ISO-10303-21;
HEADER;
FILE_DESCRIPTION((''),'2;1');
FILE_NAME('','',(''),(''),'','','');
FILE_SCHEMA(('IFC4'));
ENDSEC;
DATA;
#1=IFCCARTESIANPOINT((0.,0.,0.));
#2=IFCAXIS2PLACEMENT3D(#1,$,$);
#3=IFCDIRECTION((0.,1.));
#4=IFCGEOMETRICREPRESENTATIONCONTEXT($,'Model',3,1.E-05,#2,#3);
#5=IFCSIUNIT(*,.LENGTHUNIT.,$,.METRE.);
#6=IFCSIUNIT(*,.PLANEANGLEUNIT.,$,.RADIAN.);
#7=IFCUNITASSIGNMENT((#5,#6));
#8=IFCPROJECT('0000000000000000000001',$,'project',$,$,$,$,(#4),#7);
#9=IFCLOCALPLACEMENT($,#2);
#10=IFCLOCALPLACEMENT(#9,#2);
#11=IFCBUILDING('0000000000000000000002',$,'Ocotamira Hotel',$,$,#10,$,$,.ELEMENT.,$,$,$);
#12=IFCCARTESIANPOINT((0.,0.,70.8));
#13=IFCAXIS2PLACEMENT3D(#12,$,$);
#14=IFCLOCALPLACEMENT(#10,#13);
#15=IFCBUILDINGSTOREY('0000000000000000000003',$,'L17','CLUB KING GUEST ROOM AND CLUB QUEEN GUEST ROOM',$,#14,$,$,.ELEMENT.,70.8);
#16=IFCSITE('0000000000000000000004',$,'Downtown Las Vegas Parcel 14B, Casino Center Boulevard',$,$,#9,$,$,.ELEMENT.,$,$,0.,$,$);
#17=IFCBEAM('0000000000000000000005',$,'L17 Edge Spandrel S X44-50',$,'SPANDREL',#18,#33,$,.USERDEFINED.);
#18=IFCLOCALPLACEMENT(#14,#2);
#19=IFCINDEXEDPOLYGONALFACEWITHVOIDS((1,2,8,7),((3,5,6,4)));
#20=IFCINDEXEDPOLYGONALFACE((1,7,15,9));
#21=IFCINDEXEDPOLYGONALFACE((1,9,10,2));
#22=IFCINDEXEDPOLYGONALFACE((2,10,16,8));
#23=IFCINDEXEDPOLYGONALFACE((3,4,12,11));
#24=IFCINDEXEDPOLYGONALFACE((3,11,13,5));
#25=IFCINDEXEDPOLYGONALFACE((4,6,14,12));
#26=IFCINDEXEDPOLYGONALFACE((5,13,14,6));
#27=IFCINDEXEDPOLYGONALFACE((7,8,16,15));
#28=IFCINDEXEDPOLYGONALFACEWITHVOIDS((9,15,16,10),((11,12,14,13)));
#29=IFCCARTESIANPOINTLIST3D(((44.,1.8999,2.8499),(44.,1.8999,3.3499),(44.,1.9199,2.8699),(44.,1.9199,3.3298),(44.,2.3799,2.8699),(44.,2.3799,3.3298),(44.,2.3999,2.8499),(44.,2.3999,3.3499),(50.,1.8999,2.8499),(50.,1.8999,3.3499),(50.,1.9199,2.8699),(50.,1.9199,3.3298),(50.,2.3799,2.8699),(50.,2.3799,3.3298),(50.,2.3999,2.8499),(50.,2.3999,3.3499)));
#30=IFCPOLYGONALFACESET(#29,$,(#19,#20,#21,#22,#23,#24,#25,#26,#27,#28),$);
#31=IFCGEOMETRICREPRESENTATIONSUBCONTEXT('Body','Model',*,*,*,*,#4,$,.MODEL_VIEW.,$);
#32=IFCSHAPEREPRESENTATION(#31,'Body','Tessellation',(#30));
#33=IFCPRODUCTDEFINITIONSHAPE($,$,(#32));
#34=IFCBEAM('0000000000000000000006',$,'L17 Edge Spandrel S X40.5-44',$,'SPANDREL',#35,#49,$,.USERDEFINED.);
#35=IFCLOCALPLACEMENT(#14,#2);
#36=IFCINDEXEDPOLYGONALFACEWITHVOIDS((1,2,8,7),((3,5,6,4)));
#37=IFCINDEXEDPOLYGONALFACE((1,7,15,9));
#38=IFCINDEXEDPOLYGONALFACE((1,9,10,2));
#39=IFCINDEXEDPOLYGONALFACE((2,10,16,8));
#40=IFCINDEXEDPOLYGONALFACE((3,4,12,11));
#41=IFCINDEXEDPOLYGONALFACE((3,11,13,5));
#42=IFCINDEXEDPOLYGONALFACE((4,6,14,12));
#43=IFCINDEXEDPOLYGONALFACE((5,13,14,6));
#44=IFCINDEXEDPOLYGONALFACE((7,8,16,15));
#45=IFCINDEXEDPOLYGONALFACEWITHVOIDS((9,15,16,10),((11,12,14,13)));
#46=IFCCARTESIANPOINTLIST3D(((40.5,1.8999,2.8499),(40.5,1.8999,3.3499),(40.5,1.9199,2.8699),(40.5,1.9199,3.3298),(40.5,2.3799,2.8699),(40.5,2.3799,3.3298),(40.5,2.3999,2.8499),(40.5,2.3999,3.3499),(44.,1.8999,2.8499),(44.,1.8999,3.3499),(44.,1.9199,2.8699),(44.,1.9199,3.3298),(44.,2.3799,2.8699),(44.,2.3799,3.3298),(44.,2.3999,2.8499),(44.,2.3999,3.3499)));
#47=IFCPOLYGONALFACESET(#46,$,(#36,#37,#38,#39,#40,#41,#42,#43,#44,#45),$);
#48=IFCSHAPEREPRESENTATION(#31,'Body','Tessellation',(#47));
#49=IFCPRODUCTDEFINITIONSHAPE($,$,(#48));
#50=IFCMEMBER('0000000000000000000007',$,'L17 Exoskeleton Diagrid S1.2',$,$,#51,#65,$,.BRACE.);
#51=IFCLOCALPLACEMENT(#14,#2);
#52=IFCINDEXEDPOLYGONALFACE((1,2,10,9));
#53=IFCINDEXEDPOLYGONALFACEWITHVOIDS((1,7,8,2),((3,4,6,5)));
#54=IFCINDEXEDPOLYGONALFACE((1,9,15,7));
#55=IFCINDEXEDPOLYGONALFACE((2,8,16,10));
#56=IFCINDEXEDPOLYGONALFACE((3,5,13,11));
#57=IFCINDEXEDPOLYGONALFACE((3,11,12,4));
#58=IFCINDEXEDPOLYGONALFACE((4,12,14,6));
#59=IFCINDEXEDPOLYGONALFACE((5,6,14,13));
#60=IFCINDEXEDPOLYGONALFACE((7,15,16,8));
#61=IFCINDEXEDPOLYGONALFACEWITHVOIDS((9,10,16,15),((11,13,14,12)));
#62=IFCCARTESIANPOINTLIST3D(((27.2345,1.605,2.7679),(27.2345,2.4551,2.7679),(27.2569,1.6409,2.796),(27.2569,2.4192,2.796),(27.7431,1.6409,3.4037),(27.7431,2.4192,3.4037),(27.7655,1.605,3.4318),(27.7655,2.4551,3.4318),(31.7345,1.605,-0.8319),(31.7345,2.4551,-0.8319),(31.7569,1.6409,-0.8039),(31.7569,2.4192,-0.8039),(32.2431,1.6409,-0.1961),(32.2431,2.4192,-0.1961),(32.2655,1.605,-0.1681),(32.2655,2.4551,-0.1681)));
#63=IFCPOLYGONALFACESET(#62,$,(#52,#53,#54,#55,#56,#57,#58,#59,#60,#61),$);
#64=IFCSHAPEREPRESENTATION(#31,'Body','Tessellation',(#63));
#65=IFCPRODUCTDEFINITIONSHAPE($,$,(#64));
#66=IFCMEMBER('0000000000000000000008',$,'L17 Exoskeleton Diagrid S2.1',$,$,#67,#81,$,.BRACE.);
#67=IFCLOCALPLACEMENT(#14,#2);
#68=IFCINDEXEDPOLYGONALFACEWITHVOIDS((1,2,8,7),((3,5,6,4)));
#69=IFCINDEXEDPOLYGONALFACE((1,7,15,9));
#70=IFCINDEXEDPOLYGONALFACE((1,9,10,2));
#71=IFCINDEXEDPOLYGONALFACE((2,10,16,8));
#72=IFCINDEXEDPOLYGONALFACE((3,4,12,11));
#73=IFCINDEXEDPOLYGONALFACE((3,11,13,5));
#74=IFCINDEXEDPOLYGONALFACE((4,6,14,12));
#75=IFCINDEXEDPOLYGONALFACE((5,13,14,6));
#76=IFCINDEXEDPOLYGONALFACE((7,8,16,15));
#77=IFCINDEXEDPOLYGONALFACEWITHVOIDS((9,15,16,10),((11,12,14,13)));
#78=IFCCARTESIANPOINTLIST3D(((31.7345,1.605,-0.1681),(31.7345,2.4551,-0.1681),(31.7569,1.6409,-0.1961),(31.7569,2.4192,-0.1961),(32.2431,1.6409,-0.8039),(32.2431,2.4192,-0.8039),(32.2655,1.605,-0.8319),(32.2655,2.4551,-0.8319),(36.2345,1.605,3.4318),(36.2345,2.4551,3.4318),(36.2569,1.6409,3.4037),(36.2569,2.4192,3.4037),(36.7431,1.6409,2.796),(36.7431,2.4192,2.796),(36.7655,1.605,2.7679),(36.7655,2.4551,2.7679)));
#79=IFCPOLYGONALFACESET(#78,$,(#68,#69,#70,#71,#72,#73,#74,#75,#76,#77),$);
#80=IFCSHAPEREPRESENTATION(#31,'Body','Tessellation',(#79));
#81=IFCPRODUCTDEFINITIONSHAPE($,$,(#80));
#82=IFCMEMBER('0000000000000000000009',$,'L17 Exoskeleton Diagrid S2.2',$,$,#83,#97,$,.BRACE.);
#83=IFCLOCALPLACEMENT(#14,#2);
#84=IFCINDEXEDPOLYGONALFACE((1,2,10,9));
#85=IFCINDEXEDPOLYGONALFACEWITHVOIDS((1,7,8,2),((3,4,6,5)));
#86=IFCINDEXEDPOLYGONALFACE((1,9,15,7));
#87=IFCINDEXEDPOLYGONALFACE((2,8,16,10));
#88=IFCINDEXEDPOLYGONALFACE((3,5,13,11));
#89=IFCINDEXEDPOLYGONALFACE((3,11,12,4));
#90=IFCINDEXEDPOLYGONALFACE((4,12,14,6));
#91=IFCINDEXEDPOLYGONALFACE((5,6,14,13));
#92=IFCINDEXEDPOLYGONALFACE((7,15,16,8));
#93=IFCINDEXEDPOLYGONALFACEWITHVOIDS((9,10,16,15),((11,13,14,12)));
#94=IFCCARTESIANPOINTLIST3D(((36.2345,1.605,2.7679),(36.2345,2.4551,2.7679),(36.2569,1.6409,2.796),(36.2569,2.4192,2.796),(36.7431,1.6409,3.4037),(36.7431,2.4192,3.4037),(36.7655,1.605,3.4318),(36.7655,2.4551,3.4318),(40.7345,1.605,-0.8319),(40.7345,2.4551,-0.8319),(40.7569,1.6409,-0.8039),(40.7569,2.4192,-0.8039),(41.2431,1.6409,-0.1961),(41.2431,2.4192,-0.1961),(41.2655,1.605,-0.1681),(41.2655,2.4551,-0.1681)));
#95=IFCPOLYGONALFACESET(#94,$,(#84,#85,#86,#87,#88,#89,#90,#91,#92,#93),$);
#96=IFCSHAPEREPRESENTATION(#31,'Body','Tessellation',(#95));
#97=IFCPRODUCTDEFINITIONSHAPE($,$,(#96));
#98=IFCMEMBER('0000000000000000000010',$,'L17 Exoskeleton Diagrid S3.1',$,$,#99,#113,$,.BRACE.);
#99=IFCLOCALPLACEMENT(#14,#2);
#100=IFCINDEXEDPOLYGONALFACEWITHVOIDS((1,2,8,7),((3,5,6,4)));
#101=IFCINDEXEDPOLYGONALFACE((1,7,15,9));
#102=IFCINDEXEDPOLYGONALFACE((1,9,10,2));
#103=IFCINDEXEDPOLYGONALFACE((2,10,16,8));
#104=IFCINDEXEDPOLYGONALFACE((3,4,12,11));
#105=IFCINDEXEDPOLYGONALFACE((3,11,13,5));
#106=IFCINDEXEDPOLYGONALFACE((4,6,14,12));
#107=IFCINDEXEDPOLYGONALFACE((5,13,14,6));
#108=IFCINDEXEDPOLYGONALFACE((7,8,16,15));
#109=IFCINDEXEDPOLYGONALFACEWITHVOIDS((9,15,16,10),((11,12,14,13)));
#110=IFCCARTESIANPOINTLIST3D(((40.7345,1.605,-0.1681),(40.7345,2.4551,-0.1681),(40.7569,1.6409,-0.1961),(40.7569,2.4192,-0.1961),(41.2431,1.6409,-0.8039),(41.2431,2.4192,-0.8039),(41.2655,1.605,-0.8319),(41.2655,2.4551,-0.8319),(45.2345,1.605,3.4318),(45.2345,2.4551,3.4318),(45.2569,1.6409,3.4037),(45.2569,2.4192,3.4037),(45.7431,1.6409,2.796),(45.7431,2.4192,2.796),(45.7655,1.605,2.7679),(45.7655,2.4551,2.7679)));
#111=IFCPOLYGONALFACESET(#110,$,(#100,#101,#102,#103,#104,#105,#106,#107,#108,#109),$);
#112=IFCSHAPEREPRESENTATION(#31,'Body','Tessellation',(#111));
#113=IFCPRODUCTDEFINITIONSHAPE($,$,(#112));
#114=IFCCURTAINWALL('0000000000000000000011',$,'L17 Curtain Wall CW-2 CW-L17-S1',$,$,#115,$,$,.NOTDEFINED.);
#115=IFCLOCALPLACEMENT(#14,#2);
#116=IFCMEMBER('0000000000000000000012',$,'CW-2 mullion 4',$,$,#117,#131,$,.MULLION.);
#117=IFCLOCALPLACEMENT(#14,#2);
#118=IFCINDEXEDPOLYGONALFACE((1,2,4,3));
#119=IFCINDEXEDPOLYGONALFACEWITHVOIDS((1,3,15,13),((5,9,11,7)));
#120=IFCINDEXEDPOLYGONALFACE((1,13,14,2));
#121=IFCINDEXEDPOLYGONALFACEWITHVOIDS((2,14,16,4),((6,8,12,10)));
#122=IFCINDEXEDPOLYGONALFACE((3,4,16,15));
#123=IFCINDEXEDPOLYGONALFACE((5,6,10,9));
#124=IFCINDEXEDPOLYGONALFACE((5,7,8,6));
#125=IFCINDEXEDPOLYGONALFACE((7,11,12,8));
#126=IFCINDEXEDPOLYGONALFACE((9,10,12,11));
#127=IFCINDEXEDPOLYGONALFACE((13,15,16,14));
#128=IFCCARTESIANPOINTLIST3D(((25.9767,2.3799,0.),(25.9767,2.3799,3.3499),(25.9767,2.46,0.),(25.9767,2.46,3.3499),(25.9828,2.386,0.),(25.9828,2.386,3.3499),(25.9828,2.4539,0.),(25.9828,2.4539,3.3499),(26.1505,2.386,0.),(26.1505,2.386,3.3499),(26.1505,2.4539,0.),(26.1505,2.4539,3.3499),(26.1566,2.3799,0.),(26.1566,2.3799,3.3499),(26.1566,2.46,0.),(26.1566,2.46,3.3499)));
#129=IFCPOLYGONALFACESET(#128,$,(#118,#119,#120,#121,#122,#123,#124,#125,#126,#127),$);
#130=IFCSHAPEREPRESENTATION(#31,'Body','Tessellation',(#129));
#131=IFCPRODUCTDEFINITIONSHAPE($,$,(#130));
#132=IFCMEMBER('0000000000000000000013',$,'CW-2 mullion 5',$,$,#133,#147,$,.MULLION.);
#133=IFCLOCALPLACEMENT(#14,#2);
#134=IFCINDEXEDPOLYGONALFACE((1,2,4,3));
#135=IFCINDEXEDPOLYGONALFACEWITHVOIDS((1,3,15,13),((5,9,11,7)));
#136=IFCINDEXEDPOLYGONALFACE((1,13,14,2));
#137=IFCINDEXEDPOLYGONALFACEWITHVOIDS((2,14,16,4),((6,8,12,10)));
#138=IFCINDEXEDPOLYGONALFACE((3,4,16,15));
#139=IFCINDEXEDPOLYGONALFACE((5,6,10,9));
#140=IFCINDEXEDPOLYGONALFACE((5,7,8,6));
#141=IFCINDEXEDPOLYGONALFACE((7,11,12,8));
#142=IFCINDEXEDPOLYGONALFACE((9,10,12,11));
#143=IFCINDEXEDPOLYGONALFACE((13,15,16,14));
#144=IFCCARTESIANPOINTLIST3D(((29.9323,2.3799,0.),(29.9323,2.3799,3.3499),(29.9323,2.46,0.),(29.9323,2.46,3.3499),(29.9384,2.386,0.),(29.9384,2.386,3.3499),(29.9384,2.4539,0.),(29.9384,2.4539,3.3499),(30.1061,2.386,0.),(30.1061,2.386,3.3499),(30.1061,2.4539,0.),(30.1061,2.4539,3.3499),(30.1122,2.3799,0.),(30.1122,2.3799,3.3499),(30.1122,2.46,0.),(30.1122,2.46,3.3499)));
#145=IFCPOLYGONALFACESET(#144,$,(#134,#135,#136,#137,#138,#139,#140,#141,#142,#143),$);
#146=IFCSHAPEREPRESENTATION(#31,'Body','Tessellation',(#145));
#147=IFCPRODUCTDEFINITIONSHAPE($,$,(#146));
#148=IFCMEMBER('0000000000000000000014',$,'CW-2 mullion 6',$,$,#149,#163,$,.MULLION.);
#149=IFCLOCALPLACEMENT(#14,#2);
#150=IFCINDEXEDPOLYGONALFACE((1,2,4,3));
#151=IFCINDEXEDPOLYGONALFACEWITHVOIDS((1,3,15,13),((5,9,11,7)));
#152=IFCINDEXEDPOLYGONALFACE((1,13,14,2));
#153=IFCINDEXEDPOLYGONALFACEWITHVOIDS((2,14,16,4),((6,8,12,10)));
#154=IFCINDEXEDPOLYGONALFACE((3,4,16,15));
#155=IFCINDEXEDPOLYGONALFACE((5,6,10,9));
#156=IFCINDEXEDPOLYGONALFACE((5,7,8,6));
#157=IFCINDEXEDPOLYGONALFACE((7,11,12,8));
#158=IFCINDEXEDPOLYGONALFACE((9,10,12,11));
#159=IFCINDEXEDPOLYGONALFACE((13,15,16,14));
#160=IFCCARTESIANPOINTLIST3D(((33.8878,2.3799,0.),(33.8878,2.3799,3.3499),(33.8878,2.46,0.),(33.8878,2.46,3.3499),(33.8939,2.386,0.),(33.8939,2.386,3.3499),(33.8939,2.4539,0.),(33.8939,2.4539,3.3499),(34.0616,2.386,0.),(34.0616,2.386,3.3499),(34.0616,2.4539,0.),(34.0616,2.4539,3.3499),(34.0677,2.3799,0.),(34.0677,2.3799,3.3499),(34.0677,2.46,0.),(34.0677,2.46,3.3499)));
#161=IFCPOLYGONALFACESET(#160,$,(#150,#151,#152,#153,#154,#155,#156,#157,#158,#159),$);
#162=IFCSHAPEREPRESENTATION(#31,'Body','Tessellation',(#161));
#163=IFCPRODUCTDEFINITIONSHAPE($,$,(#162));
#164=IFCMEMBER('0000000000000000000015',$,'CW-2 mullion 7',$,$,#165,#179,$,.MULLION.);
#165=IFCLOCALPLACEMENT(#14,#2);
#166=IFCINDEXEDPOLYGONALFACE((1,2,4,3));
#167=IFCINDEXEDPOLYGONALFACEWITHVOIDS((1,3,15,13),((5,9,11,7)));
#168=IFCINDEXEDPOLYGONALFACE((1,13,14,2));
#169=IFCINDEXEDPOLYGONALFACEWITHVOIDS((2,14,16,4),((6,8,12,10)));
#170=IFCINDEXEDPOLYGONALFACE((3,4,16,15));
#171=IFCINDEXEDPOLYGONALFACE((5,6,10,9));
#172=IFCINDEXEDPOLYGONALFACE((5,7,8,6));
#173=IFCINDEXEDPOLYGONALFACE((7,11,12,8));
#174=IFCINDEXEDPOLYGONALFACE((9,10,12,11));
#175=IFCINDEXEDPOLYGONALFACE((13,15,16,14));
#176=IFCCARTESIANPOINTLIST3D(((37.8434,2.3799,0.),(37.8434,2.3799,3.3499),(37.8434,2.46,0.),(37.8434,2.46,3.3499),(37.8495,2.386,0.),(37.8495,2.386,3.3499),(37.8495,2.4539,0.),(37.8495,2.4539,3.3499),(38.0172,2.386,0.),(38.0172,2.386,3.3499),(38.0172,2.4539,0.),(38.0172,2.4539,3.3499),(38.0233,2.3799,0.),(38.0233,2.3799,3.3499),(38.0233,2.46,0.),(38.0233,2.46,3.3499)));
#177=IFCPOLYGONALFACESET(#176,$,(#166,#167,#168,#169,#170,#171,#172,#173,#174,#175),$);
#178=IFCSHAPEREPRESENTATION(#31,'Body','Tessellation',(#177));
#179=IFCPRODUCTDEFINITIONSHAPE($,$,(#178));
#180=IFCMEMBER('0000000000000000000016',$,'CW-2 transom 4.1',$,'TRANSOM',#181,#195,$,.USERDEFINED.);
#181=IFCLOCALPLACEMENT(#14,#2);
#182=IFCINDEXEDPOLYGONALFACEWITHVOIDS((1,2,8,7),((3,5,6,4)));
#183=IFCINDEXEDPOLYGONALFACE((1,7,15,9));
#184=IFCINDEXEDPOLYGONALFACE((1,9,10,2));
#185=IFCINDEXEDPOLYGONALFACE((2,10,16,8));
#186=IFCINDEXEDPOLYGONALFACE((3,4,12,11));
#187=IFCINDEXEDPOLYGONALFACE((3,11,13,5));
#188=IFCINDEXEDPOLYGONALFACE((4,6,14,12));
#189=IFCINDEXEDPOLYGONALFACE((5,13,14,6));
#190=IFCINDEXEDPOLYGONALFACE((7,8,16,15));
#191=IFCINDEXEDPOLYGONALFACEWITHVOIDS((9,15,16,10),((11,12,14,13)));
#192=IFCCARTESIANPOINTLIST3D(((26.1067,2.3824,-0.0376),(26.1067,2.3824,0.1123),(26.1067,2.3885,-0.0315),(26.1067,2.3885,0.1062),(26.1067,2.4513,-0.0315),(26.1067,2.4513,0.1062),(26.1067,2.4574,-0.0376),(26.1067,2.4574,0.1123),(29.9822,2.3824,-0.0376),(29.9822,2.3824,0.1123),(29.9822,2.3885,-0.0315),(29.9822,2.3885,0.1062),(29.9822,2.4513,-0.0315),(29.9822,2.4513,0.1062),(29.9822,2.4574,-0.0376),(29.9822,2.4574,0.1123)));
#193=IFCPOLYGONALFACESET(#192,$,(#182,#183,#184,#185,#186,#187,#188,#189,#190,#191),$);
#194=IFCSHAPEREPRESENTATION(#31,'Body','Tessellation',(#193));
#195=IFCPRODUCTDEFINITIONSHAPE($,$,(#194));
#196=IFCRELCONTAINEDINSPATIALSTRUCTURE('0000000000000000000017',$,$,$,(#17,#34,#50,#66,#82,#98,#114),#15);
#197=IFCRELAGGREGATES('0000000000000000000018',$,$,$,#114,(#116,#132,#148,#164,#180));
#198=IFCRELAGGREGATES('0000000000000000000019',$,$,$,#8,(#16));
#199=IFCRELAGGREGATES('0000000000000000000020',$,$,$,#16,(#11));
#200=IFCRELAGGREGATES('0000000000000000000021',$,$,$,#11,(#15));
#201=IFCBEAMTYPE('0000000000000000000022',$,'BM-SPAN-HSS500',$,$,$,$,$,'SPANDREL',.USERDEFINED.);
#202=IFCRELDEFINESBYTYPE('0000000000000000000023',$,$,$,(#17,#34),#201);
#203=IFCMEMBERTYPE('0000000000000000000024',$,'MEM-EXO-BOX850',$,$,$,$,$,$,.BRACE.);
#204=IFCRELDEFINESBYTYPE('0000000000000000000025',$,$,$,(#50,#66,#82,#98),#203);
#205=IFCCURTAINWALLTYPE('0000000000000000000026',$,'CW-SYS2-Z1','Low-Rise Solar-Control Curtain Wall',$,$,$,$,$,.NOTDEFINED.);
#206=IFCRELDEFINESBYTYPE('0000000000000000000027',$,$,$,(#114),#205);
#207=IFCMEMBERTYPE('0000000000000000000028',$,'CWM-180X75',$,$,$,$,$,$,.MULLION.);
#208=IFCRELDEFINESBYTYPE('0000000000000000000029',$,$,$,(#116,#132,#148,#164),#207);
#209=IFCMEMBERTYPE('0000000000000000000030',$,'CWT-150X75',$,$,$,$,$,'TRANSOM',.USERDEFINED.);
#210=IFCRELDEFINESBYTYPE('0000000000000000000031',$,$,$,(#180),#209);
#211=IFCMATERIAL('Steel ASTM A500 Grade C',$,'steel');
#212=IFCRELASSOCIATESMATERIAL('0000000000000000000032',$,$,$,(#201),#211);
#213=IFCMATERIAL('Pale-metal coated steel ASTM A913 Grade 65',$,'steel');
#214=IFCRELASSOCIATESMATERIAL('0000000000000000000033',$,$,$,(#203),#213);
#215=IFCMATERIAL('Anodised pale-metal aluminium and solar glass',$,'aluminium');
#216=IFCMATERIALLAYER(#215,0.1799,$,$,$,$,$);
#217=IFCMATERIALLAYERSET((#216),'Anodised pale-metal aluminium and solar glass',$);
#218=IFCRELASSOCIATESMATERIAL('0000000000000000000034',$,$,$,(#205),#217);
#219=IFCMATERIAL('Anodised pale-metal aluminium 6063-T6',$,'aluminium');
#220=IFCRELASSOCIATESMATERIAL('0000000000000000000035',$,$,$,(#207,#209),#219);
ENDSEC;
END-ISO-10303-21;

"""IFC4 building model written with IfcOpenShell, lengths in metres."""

from ifc_helpers import new_model, si_unit, direction, frame, origin, origin_2d, place, context, subcontext, project, spatial, hollow_rectangle, extrude, source, transform, mapped, material, layer, layer_set, material_profile, profile_set, type_object, element, aggregate, save


model = new_model("IFC4")

# Units and contexts
model_context = context("Model", 3, precision=1e-05, world=origin(), true_north=direction((0.0, 1.0)))
body_context = subcontext(model_context, "Body", "Model", "MODEL_VIEW")
ifc_project = project(units=[si_unit("LENGTHUNIT", "METRE"), si_unit("PLANEANGLEUNIT", "RADIAN")], contexts=[model_context])

# Site, building, storey
site_placement = place(None, origin())
site = spatial("IfcSite", under=ifc_project, at=site_placement, Name="Downtown Las Vegas Parcel 14B, Casino Center Boulevard", CompositionType="ELEMENT", RefElevation=0.0)
building_placement = place(site_placement, origin())
building = spatial("IfcBuilding", under=site, at=building_placement, Name="Ocotamira Hotel", CompositionType="ELEMENT")
storey_placement = place(building_placement, frame((0.0, 0.0, 70.8)))
storey = spatial("IfcBuildingStorey", under=building, at=storey_placement, Name="L17", Description="CLUB KING GUEST ROOM AND CLUB QUEEN GUEST ROOM", CompositionType="ELEMENT", Elevation=70.8)

# Beams
ifc_material_1 = material(Name="Steel ASTM A500 Grade C", Category="steel")
ifc_material_profile_1 = material_profile(ifc_material_1, hollow_rectangle(XDim=0.5, YDim=0.5, WallThickness=0.02, at=origin_2d()), Name="HSS500X500X20")
ifc_profile_set_1 = profile_set([ifc_material_profile_1], Name="Steel ASTM A500 Grade C")
beam_type = type_object("IfcBeamType", Name="BM-SPAN-HSS500", ElementType="SPANDREL", PredefinedType="USERDEFINED", material=ifc_profile_set_1)
shared_shape_1 = source(origin(), body_context, "Body", "SweptSolid", [
    extrude(hollow_rectangle(XDim=0.5, YDim=0.5, WallThickness=0.02, at=origin_2d()), origin(), (0.0, 0.0, 1.0), 6.0),
])
beam_1_placement = place(storey_placement, frame((44.0, 2.1499, 3.0999), z_axis=(1.0, 0.0, 0.0), x_axis=(0.0, 1.0, 0.0)))
element("IfcBeam", 1, at=beam_1_placement, inside=storey, type_object=beam_type, Name="L17 Edge Spandrel S X44-50", ObjectType="SPANDREL", PredefinedType="USERDEFINED", context=body_context, shape_type="MappedRepresentation", body=[
    mapped(shared_shape_1, transform((0.0, 0.0, 0.0), scale=1.0)),
])
shared_shape_2 = source(origin(), body_context, "Body", "SweptSolid", [
    extrude(hollow_rectangle(XDim=0.5, YDim=0.5, WallThickness=0.02, at=origin_2d()), origin(), (0.0, 0.0, 1.0), 3.5),
])
beam_2_placement = place(storey_placement, frame((40.5, 2.1499, 3.0999), z_axis=(1.0, 0.0, 0.0), x_axis=(0.0, 1.0, 0.0)))
element("IfcBeam", 2, at=beam_2_placement, inside=storey, type_object=beam_type, Name="L17 Edge Spandrel S X40.5-44", ObjectType="SPANDREL", PredefinedType="USERDEFINED", context=body_context, shape_type="MappedRepresentation", body=[
    mapped(shared_shape_2, transform((0.0, 0.0, 0.0), scale=1.0)),
])

# Members
ifc_material_2 = material(Name="Pale-metal coated steel ASTM A913 Grade 65", Category="steel")
ifc_material_profile_2 = material_profile(ifc_material_2, hollow_rectangle(XDim=0.8501, YDim=0.8501, WallThickness=0.0359, at=origin_2d()), Name="BOX850X850X36")
ifc_profile_set_2 = profile_set([ifc_material_profile_2], Name="Pale-metal coated steel ASTM A913 Grade 65")
member_type_1 = type_object("IfcMemberType", Name="MEM-EXO-BOX850", PredefinedType="BRACE", material=ifc_profile_set_2)
shared_shape_3 = source(origin(), body_context, "Body", "SweptSolid", [
    extrude(hollow_rectangle(XDim=0.8501, YDim=0.8501, WallThickness=0.0359, at=origin_2d()), origin(), (0.0, 0.0, 1.0), 5.7627),
])
for number, where, z_axis, x_axis, name in (
    (3, (32.0, 2.03, -0.5), (-0.780881, 0.0, 0.62468), (0.0, -1.0, 0.0), "L17 Exoskeleton Diagrid S1.2"),
    (4, (32.0, 2.03, -0.5), (0.780881, 0.0, 0.62468), (0.0, 1.0, 0.0), "L17 Exoskeleton Diagrid S2.1"),
    (5, (41.0, 2.03, -0.5), (-0.780881, 0.0, 0.62468), (0.0, -1.0, 0.0), "L17 Exoskeleton Diagrid S2.2"),
    (6, (41.0, 2.03, -0.5), (0.780881, 0.0, 0.62468), (0.0, 1.0, 0.0), "L17 Exoskeleton Diagrid S3.1"),
):
    element("IfcMember", number, at=place(storey_placement, frame(where, z_axis=z_axis, x_axis=x_axis)), inside=storey, type_object=member_type_1, Name=name, PredefinedType="BRACE", context=body_context, shape_type="MappedRepresentation", body=[
        mapped(shared_shape_3, transform((0.0, 0.0, 0.0), scale=1.0)),
    ])

# Curtain wall, members
ifc_material_3 = material(Name="Anodised pale-metal aluminium and solar glass", Category="aluminium")
ifc_layer_1 = layer(ifc_material_3, 0.1799)
ifc_layer_set_1 = layer_set([ifc_layer_1], Name="Anodised pale-metal aluminium and solar glass")
curtain_wall_type = type_object("IfcCurtainWallType", Name="CW-SYS2-Z1", Description="Low-Rise Solar-Control Curtain Wall", PredefinedType="NOTDEFINED", material=ifc_layer_set_1)
curtain_wall_placement = place(storey_placement, origin())
curtain_wall = element("IfcCurtainWall", 7, at=curtain_wall_placement, inside=storey, type_object=curtain_wall_type, Name="L17 Curtain Wall CW-2 CW-L17-S1", PredefinedType="NOTDEFINED")
ifc_material_4 = material(Name="Anodised pale-metal aluminium 6063-T6", Category="aluminium")
ifc_material_profile_3 = material_profile(ifc_material_4, hollow_rectangle(XDim=0.0801, YDim=0.1799, WallThickness=0.0061, at=origin_2d()), Name="HSS180X80X6")
ifc_profile_set_3 = profile_set([ifc_material_profile_3], Name="Anodised pale-metal aluminium 6063-T6")
member_type_2 = type_object("IfcMemberType", Name="CWM-180X75", PredefinedType="MULLION", material=ifc_profile_set_3)
shared_shape_4 = source(origin(), body_context, "Body", "SweptSolid", [
    extrude(hollow_rectangle(XDim=0.0801, YDim=0.1799, WallThickness=0.0061, at=origin_2d()), origin(), (0.0, 0.0, 1.0), 3.3499),
])
member_1_placement = place(storey_placement, frame((26.0667, 2.4199, 0.0), z_axis=(0.0, 0.0, 1.0), x_axis=(0.0, 1.0, 0.0)))
member_1 = element("IfcMember", 8, at=member_1_placement, type_object=member_type_2, Name="CW-2 mullion 4", PredefinedType="MULLION", context=body_context, shape_type="MappedRepresentation", body=[
    mapped(shared_shape_4, transform((0.0, 0.0, 0.0), scale=1.0)),
])
member_2_placement = place(storey_placement, frame((30.0222, 2.4199, 0.0), z_axis=(0.0, 0.0, 1.0), x_axis=(0.0, 1.0, 0.0)))
member_2 = element("IfcMember", 9, at=member_2_placement, type_object=member_type_2, Name="CW-2 mullion 5", PredefinedType="MULLION", context=body_context, shape_type="MappedRepresentation", body=[
    mapped(shared_shape_4, transform((0.0, 0.0, 0.0), scale=1.0)),
])
member_3_placement = place(storey_placement, frame((33.9778, 2.4199, 0.0), z_axis=(0.0, 0.0, 1.0), x_axis=(0.0, 1.0, 0.0)))
member_3 = element("IfcMember", 10, at=member_3_placement, type_object=member_type_2, Name="CW-2 mullion 6", PredefinedType="MULLION", context=body_context, shape_type="MappedRepresentation", body=[
    mapped(shared_shape_4, transform((0.0, 0.0, 0.0), scale=1.0)),
])
member_4_placement = place(storey_placement, frame((37.9333, 2.4199, 0.0), z_axis=(0.0, 0.0, 1.0), x_axis=(0.0, 1.0, 0.0)))
member_4 = element("IfcMember", 11, at=member_4_placement, type_object=member_type_2, Name="CW-2 mullion 7", PredefinedType="MULLION", context=body_context, shape_type="MappedRepresentation", body=[
    mapped(shared_shape_4, transform((0.0, 0.0, 0.0), scale=1.0)),
])
ifc_material_profile_4 = material_profile(ifc_material_4, hollow_rectangle(XDim=0.075, YDim=0.1499, WallThickness=0.0061, at=origin_2d()), Name="HSS150X75X6")
ifc_profile_set_4 = profile_set([ifc_material_profile_4], Name="Anodised pale-metal aluminium 6063-T6")
member_type_3 = type_object("IfcMemberType", Name="CWT-150X75", ElementType="TRANSOM", PredefinedType="USERDEFINED", material=ifc_profile_set_4)
shared_shape_5 = source(origin(), body_context, "Body", "SweptSolid", [
    extrude(hollow_rectangle(XDim=0.075, YDim=0.1499, WallThickness=0.0061, at=origin_2d()), origin(), (0.0, 0.0, 1.0), 3.8755),
])
member_5_placement = place(storey_placement, frame((26.1067, 2.4199, 0.0374), z_axis=(1.0, 0.0, 0.0), x_axis=(0.0, 1.0, 0.0)))
member_5 = element("IfcMember", 12, at=member_5_placement, type_object=member_type_3, Name="CW-2 transom 4.1", ObjectType="TRANSOM", PredefinedType="USERDEFINED", context=body_context, shape_type="MappedRepresentation", body=[
    mapped(shared_shape_5, transform((0.0, 0.0, 0.0), scale=1.0)),
])

aggregate(curtain_wall, [member_1, member_2, member_3, member_4, member_5])

save(model, "model.ifc")
